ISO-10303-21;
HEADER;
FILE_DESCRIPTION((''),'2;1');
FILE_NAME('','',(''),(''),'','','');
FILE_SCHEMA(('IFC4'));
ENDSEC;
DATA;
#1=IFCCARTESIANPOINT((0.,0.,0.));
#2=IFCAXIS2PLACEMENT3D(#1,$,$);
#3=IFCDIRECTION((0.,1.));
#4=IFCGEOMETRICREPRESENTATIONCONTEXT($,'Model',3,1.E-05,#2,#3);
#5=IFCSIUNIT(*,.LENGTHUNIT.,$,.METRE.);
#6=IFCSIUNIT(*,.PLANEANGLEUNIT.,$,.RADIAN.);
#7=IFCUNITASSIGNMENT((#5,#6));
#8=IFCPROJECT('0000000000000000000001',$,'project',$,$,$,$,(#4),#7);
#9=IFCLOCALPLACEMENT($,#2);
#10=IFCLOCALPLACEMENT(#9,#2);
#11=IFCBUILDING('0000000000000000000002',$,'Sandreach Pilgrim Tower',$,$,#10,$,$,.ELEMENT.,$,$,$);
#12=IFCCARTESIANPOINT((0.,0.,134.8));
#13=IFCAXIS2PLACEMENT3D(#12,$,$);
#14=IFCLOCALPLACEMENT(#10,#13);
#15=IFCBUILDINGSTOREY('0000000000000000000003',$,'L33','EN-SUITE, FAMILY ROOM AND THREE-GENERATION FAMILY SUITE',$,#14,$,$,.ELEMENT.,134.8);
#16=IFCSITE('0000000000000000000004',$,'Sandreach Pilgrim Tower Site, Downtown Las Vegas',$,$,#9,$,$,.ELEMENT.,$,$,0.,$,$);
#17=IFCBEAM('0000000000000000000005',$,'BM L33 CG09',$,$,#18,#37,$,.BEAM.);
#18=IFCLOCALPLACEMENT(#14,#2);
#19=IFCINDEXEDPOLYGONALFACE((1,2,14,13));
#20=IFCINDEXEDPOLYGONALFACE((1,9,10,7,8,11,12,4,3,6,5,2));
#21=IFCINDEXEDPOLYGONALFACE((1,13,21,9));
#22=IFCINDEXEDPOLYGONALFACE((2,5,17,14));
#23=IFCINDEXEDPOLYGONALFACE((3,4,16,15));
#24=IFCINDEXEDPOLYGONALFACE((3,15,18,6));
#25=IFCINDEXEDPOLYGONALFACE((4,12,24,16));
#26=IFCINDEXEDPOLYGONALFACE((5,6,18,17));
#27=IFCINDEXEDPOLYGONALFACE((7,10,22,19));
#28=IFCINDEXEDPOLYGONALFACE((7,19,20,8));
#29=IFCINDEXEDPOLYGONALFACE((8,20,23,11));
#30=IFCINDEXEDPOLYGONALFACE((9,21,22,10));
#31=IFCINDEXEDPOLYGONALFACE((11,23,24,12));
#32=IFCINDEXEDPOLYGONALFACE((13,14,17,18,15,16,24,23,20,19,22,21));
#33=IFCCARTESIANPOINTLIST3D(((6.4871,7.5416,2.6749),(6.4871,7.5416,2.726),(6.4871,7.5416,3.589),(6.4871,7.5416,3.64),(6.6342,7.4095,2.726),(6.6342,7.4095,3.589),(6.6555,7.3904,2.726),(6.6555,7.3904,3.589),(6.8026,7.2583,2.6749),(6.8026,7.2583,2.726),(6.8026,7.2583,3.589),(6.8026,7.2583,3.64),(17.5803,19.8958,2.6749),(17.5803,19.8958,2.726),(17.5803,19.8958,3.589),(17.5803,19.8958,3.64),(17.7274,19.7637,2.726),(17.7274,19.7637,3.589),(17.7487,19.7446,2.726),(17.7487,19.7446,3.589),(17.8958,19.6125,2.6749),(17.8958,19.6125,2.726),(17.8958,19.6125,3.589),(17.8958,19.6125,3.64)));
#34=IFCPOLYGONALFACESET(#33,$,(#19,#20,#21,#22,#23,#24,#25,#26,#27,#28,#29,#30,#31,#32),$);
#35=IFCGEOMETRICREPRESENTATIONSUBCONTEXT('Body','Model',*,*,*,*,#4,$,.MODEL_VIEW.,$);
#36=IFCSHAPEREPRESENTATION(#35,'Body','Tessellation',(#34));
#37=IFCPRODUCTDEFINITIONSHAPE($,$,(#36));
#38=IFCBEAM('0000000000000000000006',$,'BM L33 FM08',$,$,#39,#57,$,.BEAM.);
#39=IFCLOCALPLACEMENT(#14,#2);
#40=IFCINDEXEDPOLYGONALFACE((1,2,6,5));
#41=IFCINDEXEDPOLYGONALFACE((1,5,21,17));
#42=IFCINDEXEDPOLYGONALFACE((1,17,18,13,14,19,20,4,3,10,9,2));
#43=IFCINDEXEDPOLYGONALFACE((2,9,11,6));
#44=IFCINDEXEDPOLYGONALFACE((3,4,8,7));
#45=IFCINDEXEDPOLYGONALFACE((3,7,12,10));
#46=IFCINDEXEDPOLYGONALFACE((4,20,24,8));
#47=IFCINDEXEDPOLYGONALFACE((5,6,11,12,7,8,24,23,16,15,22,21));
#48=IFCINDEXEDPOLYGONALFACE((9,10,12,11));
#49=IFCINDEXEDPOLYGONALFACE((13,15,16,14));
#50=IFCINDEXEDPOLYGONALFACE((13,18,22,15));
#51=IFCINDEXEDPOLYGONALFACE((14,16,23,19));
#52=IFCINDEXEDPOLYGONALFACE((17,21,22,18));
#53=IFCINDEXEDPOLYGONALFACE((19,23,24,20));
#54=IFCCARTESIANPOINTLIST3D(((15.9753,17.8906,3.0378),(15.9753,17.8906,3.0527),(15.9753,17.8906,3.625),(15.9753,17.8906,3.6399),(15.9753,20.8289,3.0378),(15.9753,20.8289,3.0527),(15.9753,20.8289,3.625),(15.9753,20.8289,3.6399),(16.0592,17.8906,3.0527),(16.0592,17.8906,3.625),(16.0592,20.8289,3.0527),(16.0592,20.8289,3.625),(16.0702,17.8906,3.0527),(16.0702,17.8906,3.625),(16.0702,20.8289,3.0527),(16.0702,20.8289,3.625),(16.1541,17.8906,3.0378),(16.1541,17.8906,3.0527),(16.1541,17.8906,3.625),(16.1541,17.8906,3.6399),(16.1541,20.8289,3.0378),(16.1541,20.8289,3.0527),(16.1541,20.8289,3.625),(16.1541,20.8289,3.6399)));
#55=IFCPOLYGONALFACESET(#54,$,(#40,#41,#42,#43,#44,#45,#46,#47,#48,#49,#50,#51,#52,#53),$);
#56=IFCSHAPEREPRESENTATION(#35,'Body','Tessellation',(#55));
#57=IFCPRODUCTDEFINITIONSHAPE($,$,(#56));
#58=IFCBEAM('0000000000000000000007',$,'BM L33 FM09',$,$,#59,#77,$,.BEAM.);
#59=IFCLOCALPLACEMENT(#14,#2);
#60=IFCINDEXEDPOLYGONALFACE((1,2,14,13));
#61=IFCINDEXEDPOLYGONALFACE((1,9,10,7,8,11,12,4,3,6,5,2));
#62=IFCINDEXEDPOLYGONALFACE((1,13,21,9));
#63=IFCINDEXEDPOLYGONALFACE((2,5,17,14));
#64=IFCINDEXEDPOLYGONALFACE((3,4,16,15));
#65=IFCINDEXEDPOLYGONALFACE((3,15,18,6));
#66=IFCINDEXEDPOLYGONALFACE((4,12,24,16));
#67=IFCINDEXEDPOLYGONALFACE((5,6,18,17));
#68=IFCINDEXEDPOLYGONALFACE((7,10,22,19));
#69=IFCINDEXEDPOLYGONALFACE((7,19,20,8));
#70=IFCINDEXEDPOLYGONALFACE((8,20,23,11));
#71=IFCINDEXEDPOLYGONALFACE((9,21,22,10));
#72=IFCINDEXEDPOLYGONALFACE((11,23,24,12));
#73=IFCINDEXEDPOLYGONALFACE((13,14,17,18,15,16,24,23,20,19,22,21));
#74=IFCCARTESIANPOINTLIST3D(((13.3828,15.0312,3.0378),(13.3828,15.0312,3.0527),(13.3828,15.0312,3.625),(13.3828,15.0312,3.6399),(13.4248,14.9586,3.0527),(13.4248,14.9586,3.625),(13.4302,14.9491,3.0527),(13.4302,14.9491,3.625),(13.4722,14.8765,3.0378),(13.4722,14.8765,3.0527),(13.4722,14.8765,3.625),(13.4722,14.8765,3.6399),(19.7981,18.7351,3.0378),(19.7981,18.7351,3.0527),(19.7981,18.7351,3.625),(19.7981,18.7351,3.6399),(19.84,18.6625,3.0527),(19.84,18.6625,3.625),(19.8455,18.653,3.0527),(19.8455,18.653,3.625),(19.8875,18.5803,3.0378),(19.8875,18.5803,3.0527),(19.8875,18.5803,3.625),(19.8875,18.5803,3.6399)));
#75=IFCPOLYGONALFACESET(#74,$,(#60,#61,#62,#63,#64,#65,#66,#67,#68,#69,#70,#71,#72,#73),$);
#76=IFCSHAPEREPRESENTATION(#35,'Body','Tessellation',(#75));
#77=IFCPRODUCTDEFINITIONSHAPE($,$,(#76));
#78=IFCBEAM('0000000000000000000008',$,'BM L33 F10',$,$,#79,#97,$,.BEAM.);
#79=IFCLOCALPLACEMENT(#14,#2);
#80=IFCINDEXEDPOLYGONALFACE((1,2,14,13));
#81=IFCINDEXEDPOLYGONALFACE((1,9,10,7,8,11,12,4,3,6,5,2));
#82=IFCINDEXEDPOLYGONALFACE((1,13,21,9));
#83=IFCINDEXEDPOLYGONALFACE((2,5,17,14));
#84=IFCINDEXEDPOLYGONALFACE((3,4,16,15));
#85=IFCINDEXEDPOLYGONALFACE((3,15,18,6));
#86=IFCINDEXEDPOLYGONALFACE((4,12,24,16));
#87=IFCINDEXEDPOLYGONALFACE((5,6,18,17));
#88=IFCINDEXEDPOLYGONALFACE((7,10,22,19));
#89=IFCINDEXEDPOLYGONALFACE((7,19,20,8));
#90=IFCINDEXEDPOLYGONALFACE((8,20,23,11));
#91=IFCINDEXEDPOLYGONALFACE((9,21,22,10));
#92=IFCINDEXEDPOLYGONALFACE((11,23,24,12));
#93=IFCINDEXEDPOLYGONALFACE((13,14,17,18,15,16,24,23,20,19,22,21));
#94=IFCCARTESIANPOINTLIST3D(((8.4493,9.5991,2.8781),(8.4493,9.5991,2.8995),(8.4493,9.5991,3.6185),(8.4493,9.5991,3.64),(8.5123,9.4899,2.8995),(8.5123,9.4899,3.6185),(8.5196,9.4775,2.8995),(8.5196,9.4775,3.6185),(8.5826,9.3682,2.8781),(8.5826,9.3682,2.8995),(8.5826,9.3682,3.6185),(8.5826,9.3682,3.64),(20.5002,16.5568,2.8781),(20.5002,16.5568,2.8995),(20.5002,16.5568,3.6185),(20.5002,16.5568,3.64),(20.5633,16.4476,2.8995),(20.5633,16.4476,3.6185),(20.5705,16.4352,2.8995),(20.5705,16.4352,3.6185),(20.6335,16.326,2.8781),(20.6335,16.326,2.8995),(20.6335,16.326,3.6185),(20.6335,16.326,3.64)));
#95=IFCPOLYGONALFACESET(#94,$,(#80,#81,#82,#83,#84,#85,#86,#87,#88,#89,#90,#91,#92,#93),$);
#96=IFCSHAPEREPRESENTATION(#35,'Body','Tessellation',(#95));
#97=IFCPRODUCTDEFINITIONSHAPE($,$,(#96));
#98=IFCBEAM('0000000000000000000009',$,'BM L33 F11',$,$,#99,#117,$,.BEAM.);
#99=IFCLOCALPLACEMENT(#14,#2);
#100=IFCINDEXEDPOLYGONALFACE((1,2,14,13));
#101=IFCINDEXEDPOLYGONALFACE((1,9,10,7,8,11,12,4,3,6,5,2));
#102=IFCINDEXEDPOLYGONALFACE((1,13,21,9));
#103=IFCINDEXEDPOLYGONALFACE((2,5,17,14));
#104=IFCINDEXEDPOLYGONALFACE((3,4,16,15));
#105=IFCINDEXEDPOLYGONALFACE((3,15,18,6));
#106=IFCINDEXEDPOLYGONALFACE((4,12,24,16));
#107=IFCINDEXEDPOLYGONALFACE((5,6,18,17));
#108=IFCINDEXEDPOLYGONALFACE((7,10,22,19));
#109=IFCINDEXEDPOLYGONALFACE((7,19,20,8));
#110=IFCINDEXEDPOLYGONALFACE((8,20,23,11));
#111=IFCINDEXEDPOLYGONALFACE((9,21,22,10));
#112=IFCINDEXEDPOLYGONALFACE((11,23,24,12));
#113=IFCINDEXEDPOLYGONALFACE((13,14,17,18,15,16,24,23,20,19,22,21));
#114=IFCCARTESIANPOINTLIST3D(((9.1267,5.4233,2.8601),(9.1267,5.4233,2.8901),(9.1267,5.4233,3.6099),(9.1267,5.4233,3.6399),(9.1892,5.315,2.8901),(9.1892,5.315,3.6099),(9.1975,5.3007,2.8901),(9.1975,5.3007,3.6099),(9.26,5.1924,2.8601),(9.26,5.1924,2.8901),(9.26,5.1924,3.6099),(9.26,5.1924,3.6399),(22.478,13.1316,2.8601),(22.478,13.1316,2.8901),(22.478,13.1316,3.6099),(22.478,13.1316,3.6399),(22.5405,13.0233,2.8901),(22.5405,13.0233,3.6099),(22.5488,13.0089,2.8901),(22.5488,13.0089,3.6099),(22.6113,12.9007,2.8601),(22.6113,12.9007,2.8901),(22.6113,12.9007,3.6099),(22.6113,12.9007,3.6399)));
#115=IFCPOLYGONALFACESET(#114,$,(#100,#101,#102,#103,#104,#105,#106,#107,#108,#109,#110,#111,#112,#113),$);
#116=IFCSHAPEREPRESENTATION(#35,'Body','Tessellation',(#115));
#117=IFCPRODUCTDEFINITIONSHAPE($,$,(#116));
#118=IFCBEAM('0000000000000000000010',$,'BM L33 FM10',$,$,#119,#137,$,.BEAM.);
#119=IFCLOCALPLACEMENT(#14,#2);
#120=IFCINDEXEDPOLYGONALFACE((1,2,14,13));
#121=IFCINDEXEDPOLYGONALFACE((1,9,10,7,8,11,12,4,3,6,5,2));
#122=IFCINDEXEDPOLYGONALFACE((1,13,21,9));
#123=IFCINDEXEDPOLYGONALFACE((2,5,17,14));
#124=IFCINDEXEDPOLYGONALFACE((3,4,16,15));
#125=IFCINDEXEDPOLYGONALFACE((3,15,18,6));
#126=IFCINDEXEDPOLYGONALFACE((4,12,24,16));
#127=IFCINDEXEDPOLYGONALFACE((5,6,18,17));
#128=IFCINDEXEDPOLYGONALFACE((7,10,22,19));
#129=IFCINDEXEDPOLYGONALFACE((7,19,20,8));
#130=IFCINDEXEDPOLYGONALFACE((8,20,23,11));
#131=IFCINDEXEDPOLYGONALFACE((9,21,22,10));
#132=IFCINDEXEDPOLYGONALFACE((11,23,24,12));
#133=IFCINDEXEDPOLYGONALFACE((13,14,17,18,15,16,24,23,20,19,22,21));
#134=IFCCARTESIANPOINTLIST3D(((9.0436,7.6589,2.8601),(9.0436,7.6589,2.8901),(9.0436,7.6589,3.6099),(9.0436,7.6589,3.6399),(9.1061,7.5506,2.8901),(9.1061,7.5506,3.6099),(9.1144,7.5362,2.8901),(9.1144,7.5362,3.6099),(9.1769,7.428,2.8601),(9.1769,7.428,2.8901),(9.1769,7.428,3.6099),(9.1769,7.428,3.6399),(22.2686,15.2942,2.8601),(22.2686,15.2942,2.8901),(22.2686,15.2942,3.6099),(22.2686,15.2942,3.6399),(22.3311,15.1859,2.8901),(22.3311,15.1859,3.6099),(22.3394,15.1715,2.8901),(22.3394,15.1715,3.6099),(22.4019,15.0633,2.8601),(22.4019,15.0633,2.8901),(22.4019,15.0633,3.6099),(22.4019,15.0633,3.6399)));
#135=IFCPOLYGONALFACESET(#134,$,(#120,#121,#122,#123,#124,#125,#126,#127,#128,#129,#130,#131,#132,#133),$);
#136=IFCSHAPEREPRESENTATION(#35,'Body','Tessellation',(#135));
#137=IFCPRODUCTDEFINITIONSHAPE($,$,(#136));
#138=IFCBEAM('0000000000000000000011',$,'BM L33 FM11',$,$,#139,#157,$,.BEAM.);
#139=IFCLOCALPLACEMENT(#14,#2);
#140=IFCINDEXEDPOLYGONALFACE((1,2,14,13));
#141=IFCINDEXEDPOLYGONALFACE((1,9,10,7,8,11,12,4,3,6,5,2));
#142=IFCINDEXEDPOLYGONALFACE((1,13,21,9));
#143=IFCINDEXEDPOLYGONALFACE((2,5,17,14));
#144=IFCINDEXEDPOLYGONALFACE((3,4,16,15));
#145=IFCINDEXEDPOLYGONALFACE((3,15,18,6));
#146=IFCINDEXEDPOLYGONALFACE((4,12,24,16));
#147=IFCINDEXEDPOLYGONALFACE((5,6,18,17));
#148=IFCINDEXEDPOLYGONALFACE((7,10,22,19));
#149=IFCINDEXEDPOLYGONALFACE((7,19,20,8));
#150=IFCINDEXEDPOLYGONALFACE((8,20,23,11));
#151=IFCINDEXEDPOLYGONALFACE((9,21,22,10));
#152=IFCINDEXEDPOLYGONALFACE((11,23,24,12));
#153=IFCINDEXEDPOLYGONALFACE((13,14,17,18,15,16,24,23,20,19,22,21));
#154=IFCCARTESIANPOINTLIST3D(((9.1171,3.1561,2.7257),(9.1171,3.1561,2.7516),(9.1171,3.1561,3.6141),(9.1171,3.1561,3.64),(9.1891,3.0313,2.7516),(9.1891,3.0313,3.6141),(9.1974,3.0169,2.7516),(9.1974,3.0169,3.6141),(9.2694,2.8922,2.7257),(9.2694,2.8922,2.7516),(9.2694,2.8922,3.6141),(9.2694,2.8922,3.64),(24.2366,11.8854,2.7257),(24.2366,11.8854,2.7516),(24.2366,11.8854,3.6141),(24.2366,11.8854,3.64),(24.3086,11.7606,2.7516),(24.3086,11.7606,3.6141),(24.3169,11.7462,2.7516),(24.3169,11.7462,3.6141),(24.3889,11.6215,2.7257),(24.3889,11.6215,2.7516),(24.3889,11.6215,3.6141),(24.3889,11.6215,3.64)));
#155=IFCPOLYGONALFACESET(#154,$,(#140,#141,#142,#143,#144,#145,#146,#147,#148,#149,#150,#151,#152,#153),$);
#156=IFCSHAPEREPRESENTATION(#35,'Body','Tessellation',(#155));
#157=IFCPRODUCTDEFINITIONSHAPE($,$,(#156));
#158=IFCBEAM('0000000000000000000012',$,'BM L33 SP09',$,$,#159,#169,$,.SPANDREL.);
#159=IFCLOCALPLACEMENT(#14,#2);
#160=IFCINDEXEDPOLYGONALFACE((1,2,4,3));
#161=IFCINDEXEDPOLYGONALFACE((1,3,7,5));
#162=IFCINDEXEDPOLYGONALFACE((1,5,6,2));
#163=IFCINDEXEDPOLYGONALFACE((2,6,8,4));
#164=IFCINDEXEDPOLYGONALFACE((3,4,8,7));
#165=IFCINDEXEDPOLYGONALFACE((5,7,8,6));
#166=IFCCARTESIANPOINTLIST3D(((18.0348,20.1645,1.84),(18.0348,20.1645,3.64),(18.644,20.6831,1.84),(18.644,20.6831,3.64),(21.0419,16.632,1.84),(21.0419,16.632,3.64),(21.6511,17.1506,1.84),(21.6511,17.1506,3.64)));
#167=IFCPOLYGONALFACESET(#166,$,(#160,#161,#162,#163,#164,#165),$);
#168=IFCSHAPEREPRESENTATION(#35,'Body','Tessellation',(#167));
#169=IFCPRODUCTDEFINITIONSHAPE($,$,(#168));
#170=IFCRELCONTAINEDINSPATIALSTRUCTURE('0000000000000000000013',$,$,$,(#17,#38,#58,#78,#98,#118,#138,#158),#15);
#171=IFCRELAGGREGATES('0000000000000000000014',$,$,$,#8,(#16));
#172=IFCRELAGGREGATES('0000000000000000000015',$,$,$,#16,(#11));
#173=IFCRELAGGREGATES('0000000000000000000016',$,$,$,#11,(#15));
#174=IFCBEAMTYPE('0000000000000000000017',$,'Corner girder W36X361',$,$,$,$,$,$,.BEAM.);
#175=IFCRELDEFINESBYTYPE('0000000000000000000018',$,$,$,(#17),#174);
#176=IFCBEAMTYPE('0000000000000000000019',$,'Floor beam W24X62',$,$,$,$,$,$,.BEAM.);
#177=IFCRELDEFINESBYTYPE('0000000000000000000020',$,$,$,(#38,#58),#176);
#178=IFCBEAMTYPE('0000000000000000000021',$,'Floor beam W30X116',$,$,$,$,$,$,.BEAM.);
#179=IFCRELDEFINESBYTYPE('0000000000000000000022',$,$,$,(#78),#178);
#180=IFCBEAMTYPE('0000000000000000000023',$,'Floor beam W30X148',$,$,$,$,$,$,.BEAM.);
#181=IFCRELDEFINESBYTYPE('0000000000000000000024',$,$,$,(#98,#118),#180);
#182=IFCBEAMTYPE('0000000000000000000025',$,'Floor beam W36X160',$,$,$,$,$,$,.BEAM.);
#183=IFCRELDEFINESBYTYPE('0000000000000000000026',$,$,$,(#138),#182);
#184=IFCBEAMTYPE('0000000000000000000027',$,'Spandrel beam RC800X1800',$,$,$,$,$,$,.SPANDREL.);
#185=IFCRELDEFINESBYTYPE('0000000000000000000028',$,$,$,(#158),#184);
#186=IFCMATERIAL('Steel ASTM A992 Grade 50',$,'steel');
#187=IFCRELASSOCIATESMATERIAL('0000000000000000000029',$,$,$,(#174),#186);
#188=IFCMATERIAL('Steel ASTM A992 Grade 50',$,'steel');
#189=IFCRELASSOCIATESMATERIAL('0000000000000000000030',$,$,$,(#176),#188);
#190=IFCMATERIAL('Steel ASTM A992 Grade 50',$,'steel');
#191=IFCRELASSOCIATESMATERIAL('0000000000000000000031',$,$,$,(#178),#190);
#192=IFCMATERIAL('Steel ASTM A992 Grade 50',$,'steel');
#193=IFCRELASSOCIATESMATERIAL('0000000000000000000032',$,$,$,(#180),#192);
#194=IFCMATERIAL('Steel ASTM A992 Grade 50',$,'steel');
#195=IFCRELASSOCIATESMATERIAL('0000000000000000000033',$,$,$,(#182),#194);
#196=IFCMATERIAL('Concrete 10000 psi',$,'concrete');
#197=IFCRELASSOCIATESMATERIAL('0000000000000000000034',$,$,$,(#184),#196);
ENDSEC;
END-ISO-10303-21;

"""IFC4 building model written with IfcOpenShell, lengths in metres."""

from ifc_helpers import new_model, si_unit, direction, frame, origin, origin_2d, place, context, subcontext, project, spatial, rectangle, i_section, extrude, material, material_profile, profile_set, type_object, element, save


model = new_model("IFC4")

# Units and contexts
model_context = context("Model", 3, precision=1e-05, world=origin(), true_north=direction((0.0, 1.0)))
body_context = subcontext(model_context, "Body", "Model", "MODEL_VIEW")
ifc_project = project(units=[si_unit("LENGTHUNIT", "METRE"), si_unit("PLANEANGLEUNIT", "RADIAN")], contexts=[model_context])

# Site, building, storey
site_placement = place(None, origin())
site = spatial("IfcSite", under=ifc_project, at=site_placement, Name="Sandreach Pilgrim Tower Site, Downtown Las Vegas", CompositionType="ELEMENT", RefElevation=0.0)
building_placement = place(site_placement, origin())
building = spatial("IfcBuilding", under=site, at=building_placement, Name="Sandreach Pilgrim Tower", CompositionType="ELEMENT")
storey_placement = place(building_placement, frame((0.0, 0.0, 134.8)))
storey = spatial("IfcBuildingStorey", under=building, at=storey_placement, Name="L33", Description="EN-SUITE, FAMILY ROOM AND THREE-GENERATION FAMILY SUITE", CompositionType="ELEMENT", Elevation=134.8)

# Beams
ifc_material_1 = material(Name="Steel ASTM A992 Grade 50", Category="steel")
ifc_material_profile_1 = material_profile(ifc_material_1, i_section(OverallWidth=0.4241, OverallDepth=0.9651, WebThickness=0.0286, FlangeThickness=0.051, at=origin_2d()), Name="W36X361")
ifc_profile_set_1 = profile_set([ifc_material_profile_1], Name="Steel ASTM A992 Grade 50")
beam_type_1 = type_object("IfcBeamType", Name="Corner girder W36X361", PredefinedType="BEAM", material=ifc_profile_set_1)
beam_1_placement = place(storey_placement, frame((17.738, 19.7542, 3.1575), z_axis=(-0.668114, -0.744059, 0.0), x_axis=(0.744059, -0.668114, 0.0)))
element("IfcBeam", 1, at=beam_1_placement, inside=storey, type_object=beam_type_1, Name="BM L33 CG09", PredefinedType="BEAM", context=body_context, shape_type="SweptSolid", body=[
    extrude(i_section(OverallWidth=0.4241, OverallDepth=0.9651, WebThickness=0.0286, FlangeThickness=0.051, at=origin_2d()), origin(), (0.0, 0.0, 1.0), 16.6038),
])
ifc_material_2 = material(Name="Steel ASTM A992 Grade 50", Category="steel")
ifc_material_profile_2 = material_profile(ifc_material_2, i_section(OverallWidth=0.1787, OverallDepth=0.6021, WebThickness=0.011, FlangeThickness=0.0149, at=origin_2d()), Name="W24X62")
ifc_profile_set_2 = profile_set([ifc_material_profile_2], Name="Steel ASTM A992 Grade 50")
beam_type_2 = type_object("IfcBeamType", Name="Floor beam W24X62", PredefinedType="BEAM", material=ifc_profile_set_2)
beam_2_placement = place(storey_placement, frame((16.0647, 20.8289, 3.3389), z_axis=(0.0, -1.0, 0.0), x_axis=(1.0, 0.0, 0.0)))
element("IfcBeam", 2, at=beam_2_placement, inside=storey, type_object=beam_type_2, Name="BM L33 FM08", PredefinedType="BEAM", context=body_context, shape_type="SweptSolid", body=[
    extrude(i_section(OverallWidth=0.1787, OverallDepth=0.6021, WebThickness=0.011, FlangeThickness=0.0149, at=origin_2d()), origin(), (0.0, 0.0, 1.0), 2.9382),
])
beam_3_placement = place(storey_placement, frame((19.8428, 18.6577, 3.3389), z_axis=(-0.866026, -0.499999, 0.0), x_axis=(0.499999, -0.866026, 0.0)))
element("IfcBeam", 3, at=beam_3_placement, inside=storey, type_object=beam_type_2, Name="BM L33 FM09", PredefinedType="BEAM", context=body_context, shape_type="SweptSolid", body=[
    extrude(i_section(OverallWidth=0.1787, OverallDepth=0.6021, WebThickness=0.011, FlangeThickness=0.0149, at=origin_2d()), origin(), (0.0, 0.0, 1.0), 7.4077),
])
ifc_material_3 = material(Name="Steel ASTM A992 Grade 50", Category="steel")
ifc_material_profile_3 = material_profile(ifc_material_3, i_section(OverallWidth=0.2666, OverallDepth=0.762, WebThickness=0.0144, FlangeThickness=0.0215, at=origin_2d()), Name="W30X116")
ifc_profile_set_3 = profile_set([ifc_material_profile_3], Name="Steel ASTM A992 Grade 50")
beam_type_3 = type_object("IfcBeamType", Name="Floor beam W30X116", PredefinedType="BEAM", material=ifc_profile_set_3)
beam_4_placement = place(storey_placement, frame((20.5669, 16.4414, 3.259), z_axis=(-0.866022, -0.500005, 0.0), x_axis=(0.500005, -0.866022, 0.0)))
element("IfcBeam", 4, at=beam_4_placement, inside=storey, type_object=beam_type_3, Name="BM L33 F10", PredefinedType="BEAM", context=body_context, shape_type="SweptSolid", body=[
    extrude(i_section(OverallWidth=0.2666, OverallDepth=0.762, WebThickness=0.0144, FlangeThickness=0.0215, at=origin_2d()), origin(), (0.0, 0.0, 1.0), 13.9153),
])
ifc_material_4 = material(Name="Steel ASTM A992 Grade 50", Category="steel")
ifc_material_profile_4 = material_profile(ifc_material_4, i_section(OverallWidth=0.2666, OverallDepth=0.7798, WebThickness=0.0166, FlangeThickness=0.03, at=origin_2d()), Name="W30X148")
ifc_profile_set_4 = profile_set([ifc_material_profile_4], Name="Steel ASTM A992 Grade 50")
beam_type_4 = type_object("IfcBeamType", Name="Floor beam W30X148", PredefinedType="BEAM", material=ifc_profile_set_4)
beam_5_placement = place(storey_placement, frame((22.5447, 13.0161, 3.25), z_axis=(-0.866029, -0.499993, 0.0), x_axis=(0.499993, -0.866029, 0.0)))
element("IfcBeam", 5, at=beam_5_placement, inside=storey, type_object=beam_type_4, Name="BM L33 F11", PredefinedType="BEAM", context=body_context, shape_type="SweptSolid", body=[
    extrude(i_section(OverallWidth=0.2666, OverallDepth=0.7798, WebThickness=0.0166, FlangeThickness=0.03, at=origin_2d()), origin(), (0.0, 0.0, 1.0), 15.4167),
])
beam_6_placement = place(storey_placement, frame((22.3352, 15.1787, 3.25), z_axis=(-0.866029, -0.499994, 0.0), x_axis=(0.499994, -0.866029, 0.0)))
element("IfcBeam", 6, at=beam_6_placement, inside=storey, type_object=beam_type_4, Name="BM L33 FM10", PredefinedType="BEAM", context=body_context, shape_type="SweptSolid", body=[
    extrude(i_section(OverallWidth=0.2666, OverallDepth=0.7798, WebThickness=0.0166, FlangeThickness=0.03, at=origin_2d()), origin(), (0.0, 0.0, 1.0), 15.2708),
])
ifc_material_5 = material(Name="Steel ASTM A992 Grade 50", Category="steel")
ifc_material_profile_5 = material_profile(ifc_material_5, i_section(OverallWidth=0.3047, OverallDepth=0.9143, WebThickness=0.0166, FlangeThickness=0.0259, at=origin_2d()), Name="W36X160")
ifc_profile_set_5 = profile_set([ifc_material_profile_5], Name="Steel ASTM A992 Grade 50")
beam_type_5 = type_object("IfcBeamType", Name="Floor beam W36X160", PredefinedType="BEAM", material=ifc_profile_set_5)
beam_7_placement = place(storey_placement, frame((24.3127, 11.7534, 3.1829), z_axis=(-0.866024, -0.500003, 0.0), x_axis=(0.500003, -0.866024, 0.0)))
element("IfcBeam", 7, at=beam_7_placement, inside=storey, type_object=beam_type_5, Name="BM L33 FM11", PredefinedType="BEAM", context=body_context, shape_type="SweptSolid", body=[
    extrude(i_section(OverallWidth=0.3047, OverallDepth=0.9143, WebThickness=0.0166, FlangeThickness=0.0259, at=origin_2d()), origin(), (0.0, 0.0, 1.0), 17.4585),
])
ifc_material_6 = material(Name="Concrete 10000 psi", Category="concrete")
ifc_material_profile_6 = material_profile(ifc_material_6, rectangle(XDim=0.8, YDim=1.8, at=origin_2d()), Name="RC800X1800")
ifc_profile_set_6 = profile_set([ifc_material_profile_6], Name="Concrete 10000 psi")
beam_type_6 = type_object("IfcBeamType", Name="Spandrel beam RC800X1800", PredefinedType="SPANDREL", material=ifc_profile_set_6)
beam_8_placement = place(storey_placement, frame((18.3394, 20.4238, 2.74), z_axis=(0.648209, -0.761463, 0.0), x_axis=(0.761463, 0.648209, 0.0)))
element("IfcBeam", 8, at=beam_8_placement, inside=storey, type_object=beam_type_6, Name="BM L33 SP09", PredefinedType="SPANDREL", context=body_context, shape_type="SweptSolid", body=[
    extrude(rectangle(XDim=0.8, YDim=1.8, at=origin_2d()), origin(), (0.0, 0.0, 1.0), 4.6392),
])

save(model, "model.ifc")
